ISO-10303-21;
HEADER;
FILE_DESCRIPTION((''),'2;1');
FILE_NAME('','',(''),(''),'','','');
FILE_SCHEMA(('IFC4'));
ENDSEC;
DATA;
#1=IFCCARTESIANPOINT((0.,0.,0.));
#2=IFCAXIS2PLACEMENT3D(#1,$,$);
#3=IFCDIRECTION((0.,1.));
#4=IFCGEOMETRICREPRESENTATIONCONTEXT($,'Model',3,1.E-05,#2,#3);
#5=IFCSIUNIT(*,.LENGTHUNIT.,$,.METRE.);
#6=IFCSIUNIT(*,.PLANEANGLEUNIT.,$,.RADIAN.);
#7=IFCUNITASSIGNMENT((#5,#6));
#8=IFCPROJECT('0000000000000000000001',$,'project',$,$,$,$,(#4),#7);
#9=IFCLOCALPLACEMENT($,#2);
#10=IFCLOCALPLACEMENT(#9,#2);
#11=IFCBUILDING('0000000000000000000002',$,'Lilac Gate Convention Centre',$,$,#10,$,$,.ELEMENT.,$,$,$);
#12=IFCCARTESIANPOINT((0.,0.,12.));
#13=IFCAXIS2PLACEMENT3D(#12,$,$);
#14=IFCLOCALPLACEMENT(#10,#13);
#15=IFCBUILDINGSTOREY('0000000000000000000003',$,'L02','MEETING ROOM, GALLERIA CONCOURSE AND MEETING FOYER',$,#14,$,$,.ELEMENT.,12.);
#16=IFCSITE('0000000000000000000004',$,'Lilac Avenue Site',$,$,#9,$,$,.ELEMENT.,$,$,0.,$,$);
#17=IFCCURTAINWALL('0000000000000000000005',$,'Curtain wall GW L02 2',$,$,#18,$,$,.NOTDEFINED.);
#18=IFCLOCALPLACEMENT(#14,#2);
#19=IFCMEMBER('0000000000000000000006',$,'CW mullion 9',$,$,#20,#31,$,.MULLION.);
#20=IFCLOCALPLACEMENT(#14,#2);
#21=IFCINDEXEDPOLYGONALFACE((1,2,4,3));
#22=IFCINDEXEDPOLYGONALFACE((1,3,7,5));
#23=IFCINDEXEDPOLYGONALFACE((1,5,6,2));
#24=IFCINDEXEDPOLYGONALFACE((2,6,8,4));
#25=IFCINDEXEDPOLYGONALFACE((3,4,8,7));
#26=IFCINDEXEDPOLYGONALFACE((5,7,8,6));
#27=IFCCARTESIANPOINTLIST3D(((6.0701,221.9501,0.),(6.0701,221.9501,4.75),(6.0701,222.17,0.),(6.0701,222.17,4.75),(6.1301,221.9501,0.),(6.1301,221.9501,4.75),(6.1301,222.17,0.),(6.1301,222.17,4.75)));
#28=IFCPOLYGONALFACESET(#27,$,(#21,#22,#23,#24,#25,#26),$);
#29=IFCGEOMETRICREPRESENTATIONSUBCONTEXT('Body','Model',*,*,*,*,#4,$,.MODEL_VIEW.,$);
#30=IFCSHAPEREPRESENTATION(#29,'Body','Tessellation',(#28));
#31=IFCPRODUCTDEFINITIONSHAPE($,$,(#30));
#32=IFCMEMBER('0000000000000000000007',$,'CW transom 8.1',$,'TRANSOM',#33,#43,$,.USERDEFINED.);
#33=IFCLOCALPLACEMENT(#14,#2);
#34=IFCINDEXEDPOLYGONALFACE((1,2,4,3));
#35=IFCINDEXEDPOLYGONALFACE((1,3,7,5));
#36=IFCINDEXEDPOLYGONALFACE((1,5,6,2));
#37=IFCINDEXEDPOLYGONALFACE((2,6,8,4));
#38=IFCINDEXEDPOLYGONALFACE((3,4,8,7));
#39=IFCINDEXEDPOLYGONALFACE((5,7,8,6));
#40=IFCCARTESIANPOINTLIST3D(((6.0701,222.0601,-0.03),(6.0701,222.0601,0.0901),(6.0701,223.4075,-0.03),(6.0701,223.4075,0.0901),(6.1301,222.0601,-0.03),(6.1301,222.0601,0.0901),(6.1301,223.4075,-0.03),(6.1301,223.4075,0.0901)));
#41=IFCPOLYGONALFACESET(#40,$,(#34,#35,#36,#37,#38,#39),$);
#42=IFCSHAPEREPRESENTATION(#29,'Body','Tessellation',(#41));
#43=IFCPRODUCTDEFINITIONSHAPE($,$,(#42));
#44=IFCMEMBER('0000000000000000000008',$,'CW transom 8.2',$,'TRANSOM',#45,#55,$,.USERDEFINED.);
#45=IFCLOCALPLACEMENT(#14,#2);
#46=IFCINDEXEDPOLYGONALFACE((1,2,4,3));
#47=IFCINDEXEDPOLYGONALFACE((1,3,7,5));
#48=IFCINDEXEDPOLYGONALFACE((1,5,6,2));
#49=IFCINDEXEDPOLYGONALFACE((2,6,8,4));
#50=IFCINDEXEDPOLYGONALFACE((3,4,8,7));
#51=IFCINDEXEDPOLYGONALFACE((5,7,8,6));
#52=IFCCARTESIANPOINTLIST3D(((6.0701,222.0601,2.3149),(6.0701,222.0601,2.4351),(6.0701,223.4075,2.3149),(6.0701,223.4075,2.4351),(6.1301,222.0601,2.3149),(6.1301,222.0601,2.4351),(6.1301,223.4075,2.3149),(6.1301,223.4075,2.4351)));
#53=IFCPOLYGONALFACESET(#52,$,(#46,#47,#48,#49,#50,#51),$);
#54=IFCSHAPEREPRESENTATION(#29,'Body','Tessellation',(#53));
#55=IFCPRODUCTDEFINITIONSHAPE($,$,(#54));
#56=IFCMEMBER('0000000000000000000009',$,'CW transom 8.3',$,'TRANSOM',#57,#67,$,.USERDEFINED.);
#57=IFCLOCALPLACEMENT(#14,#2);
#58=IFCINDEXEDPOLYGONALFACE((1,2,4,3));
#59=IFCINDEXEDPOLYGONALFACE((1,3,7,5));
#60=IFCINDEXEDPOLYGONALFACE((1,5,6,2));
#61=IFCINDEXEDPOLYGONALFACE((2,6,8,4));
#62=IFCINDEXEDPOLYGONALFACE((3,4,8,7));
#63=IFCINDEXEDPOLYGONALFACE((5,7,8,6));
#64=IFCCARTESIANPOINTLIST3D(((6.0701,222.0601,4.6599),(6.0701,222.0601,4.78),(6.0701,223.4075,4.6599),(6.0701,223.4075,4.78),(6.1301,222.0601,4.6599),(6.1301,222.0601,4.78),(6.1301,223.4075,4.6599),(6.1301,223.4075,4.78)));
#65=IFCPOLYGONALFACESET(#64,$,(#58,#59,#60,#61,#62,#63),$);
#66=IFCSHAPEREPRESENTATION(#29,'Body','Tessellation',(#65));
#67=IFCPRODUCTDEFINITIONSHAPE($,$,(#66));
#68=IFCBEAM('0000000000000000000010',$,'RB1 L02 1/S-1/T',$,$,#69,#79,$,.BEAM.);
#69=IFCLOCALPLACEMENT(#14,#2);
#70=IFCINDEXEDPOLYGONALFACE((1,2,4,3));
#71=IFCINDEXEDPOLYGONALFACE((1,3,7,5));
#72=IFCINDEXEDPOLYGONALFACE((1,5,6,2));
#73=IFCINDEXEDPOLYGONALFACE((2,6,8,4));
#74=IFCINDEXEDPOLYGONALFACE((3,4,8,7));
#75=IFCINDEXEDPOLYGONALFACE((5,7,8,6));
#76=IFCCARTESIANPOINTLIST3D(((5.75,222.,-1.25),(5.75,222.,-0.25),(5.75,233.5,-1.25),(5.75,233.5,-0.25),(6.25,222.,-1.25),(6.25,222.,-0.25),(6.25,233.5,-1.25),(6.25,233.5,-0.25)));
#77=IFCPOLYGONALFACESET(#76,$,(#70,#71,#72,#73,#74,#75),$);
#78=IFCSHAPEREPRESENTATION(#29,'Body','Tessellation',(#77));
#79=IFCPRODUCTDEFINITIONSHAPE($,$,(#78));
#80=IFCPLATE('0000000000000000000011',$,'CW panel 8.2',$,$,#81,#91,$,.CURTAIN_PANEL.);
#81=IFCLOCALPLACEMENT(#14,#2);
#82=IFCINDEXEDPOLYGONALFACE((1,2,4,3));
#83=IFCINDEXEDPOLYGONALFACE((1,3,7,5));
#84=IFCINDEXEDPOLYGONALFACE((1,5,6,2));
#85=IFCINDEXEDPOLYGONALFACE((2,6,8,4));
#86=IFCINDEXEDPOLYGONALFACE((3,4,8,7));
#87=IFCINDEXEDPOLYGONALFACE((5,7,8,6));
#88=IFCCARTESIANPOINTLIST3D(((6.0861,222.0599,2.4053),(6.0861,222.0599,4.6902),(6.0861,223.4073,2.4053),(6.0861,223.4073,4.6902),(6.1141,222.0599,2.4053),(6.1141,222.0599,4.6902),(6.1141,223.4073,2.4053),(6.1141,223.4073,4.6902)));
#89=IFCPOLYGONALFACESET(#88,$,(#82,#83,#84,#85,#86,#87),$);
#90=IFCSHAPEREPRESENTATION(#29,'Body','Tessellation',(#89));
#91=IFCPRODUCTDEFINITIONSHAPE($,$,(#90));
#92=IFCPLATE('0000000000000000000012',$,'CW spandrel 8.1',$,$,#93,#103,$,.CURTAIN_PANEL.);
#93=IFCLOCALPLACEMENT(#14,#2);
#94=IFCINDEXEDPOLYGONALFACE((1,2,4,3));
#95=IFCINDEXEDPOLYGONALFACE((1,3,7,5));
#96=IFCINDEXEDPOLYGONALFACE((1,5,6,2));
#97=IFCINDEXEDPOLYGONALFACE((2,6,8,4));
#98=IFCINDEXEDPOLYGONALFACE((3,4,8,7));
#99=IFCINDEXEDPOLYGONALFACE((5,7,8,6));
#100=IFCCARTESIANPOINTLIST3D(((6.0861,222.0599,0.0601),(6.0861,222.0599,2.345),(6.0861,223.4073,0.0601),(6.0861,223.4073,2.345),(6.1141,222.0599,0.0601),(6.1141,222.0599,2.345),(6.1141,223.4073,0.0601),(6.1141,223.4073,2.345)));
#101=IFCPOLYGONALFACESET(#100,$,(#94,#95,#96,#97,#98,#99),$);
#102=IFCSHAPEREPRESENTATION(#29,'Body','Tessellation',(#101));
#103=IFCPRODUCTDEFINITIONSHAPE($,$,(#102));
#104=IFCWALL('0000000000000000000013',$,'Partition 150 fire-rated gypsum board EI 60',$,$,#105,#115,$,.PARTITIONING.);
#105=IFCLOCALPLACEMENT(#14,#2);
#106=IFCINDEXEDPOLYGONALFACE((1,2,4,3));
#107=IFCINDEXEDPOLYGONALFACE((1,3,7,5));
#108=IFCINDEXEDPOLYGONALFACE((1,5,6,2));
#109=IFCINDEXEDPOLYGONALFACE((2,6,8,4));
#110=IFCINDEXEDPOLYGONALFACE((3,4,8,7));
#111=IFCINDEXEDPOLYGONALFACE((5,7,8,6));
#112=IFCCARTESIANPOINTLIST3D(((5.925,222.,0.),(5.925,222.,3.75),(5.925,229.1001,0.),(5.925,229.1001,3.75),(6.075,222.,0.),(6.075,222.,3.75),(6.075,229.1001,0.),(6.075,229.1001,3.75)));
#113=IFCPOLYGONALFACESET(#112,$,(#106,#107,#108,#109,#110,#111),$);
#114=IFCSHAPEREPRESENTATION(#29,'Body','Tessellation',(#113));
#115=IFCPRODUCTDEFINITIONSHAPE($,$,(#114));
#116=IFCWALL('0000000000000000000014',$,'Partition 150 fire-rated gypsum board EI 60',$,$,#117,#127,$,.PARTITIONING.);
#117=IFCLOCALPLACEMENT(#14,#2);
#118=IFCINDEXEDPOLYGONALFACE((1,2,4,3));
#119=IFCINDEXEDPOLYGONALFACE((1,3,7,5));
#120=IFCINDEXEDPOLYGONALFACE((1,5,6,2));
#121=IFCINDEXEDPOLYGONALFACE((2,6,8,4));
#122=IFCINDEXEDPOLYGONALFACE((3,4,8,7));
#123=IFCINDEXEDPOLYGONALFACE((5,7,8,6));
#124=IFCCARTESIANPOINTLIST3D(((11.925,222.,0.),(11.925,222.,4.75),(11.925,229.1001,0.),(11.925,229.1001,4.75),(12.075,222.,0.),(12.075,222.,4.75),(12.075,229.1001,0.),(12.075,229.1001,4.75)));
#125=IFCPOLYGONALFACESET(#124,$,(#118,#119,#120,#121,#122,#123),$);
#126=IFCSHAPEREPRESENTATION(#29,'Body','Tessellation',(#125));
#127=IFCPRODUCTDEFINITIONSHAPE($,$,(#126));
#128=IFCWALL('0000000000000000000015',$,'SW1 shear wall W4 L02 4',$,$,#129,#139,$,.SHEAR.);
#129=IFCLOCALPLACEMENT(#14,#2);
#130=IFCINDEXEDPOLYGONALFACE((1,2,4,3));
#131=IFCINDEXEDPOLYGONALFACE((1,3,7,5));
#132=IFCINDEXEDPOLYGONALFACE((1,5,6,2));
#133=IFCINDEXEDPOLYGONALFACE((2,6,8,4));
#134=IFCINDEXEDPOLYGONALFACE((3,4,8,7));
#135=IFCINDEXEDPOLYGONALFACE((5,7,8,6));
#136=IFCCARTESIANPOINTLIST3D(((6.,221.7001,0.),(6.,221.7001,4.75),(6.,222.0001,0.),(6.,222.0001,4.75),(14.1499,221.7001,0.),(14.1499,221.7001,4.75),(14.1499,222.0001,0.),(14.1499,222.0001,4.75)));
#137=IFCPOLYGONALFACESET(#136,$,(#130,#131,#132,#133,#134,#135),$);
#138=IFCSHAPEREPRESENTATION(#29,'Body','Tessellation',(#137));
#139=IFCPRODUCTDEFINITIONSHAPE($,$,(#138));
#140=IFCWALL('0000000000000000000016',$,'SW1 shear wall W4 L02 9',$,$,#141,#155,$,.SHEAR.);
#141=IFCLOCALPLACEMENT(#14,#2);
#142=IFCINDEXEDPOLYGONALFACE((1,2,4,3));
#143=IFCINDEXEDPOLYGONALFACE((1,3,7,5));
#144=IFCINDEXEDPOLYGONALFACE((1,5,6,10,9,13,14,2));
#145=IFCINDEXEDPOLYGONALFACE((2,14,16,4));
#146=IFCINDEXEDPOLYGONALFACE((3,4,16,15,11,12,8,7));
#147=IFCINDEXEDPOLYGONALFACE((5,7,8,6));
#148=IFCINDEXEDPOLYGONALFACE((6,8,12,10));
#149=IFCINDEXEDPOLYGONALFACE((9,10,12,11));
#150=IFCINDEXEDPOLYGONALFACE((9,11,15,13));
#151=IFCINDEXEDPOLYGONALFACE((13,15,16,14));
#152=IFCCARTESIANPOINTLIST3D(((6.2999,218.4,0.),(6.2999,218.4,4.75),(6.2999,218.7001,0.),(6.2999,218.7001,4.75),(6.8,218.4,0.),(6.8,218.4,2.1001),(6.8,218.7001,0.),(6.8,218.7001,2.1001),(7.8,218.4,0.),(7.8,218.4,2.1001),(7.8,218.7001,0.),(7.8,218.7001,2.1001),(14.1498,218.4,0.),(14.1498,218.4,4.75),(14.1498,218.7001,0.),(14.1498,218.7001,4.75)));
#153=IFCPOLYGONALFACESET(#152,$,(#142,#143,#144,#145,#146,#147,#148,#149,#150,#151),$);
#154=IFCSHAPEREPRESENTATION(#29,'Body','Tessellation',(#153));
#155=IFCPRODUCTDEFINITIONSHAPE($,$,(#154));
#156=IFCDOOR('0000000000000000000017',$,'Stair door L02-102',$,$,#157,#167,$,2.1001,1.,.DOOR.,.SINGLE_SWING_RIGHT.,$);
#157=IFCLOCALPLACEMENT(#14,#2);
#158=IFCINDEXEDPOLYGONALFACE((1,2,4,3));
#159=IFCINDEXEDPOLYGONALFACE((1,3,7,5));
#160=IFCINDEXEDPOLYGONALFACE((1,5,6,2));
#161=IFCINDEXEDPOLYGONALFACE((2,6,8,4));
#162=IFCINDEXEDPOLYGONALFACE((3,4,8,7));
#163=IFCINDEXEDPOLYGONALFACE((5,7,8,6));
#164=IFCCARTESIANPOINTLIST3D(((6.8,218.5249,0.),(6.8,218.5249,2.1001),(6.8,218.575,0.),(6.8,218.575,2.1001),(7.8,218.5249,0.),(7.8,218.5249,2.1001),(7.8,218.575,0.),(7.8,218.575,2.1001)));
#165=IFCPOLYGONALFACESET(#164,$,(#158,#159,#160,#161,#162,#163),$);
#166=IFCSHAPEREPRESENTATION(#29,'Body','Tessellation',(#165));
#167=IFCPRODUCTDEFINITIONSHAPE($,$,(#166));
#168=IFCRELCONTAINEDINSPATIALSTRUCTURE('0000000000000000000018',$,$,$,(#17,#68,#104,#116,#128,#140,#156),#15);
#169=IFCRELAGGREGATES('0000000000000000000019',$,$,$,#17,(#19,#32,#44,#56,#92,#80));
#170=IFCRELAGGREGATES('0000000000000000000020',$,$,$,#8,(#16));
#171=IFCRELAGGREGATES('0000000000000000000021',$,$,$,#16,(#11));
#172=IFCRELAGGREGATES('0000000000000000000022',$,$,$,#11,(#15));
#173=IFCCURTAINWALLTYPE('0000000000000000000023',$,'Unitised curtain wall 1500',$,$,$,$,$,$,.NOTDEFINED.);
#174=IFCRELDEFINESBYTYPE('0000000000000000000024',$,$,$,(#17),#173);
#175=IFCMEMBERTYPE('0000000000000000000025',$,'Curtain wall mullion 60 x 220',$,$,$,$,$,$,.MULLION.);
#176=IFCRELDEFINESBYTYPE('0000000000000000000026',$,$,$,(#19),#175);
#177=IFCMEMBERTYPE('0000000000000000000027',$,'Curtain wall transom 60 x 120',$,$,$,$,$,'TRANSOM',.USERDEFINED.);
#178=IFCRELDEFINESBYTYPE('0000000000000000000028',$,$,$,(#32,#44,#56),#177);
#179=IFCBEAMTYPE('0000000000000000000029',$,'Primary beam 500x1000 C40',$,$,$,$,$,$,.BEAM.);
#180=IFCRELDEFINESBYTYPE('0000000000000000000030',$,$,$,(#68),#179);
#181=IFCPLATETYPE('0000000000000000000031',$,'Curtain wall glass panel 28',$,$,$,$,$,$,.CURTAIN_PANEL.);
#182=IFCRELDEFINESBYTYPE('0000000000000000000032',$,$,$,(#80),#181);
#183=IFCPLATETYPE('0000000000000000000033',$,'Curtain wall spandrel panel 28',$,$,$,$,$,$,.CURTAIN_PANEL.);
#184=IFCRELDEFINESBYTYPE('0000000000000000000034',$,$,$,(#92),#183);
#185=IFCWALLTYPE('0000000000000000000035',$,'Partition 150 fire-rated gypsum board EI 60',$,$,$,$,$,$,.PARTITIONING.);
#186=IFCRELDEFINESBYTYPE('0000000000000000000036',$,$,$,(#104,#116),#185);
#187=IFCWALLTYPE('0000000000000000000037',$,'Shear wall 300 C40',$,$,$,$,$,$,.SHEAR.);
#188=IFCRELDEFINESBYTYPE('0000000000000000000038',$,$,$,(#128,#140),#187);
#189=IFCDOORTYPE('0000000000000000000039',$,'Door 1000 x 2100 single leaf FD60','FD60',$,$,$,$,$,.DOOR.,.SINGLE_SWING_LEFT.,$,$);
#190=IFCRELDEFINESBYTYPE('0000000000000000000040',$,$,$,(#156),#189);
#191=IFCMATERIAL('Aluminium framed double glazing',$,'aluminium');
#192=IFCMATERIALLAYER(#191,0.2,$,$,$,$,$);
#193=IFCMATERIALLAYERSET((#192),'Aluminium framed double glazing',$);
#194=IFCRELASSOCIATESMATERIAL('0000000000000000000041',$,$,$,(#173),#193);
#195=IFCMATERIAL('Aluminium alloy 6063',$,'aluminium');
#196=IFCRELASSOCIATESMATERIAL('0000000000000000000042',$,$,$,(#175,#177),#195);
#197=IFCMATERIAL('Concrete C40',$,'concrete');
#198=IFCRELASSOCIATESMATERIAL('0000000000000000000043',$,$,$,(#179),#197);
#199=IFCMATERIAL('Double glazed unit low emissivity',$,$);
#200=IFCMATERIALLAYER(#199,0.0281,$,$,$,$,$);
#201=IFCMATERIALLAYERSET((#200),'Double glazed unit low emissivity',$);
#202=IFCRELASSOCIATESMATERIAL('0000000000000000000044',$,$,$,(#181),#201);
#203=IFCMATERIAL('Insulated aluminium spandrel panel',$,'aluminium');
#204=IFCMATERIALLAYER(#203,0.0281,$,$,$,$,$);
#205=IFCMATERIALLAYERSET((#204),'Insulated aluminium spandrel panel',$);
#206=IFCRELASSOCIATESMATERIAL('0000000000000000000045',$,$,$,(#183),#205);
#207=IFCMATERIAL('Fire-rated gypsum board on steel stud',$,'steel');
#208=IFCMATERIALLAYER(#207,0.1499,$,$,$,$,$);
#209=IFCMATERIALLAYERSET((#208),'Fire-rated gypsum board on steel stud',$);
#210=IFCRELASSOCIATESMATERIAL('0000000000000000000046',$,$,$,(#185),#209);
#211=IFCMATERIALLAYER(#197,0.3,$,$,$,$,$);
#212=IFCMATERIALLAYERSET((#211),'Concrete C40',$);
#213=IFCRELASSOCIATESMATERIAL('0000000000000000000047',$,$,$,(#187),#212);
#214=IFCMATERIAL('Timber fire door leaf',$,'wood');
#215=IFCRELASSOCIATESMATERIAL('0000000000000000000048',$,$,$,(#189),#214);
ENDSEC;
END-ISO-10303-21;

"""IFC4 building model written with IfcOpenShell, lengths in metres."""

from ifc_helpers import new_model, si_unit, direction, frame, frame_2d, origin, origin_2d, place, context, subcontext, project, spatial, rectangle, extrude, material, layer, layer_set, material_profile, profile_set, type_object, element, fill, aggregate, save


model = new_model("IFC4")

# Units and contexts
model_context = context("Model", 3, precision=1e-05, world=origin(), true_north=direction((0.0, 1.0)))
body_context = subcontext(model_context, "Body", "Model", "MODEL_VIEW")
ifc_project = project(units=[si_unit("LENGTHUNIT", "METRE"), si_unit("PLANEANGLEUNIT", "RADIAN")], contexts=[model_context])

# Site, building, storey
site_placement = place(None, origin())
site = spatial("IfcSite", under=ifc_project, at=site_placement, Name="Lilac Avenue Site", CompositionType="ELEMENT", RefElevation=0.0)
building_placement = place(site_placement, origin())
building = spatial("IfcBuilding", under=site, at=building_placement, Name="Lilac Gate Convention Centre", CompositionType="ELEMENT")
storey_placement = place(building_placement, frame((0.0, 0.0, 12.0)))
storey = spatial("IfcBuildingStorey", under=building, at=storey_placement, Name="L02", Description="MEETING ROOM, GALLERIA CONCOURSE AND MEETING FOYER", CompositionType="ELEMENT", Elevation=12.0)

# Curtain wall, members
ifc_material_1 = material(Name="Aluminium framed double glazing", Category="aluminium")
ifc_layer_1 = layer(ifc_material_1, 0.2)
ifc_layer_set_1 = layer_set([ifc_layer_1], Name="Aluminium framed double glazing")
curtain_wall_type = type_object("IfcCurtainWallType", Name="Unitised curtain wall 1500", PredefinedType="NOTDEFINED", material=ifc_layer_set_1)
curtain_wall_placement = place(storey_placement, origin())
curtain_wall = element("IfcCurtainWall", 1, at=curtain_wall_placement, inside=storey, type_object=curtain_wall_type, Name="Curtain wall GW L02 2", PredefinedType="NOTDEFINED")
ifc_material_2 = material(Name="Aluminium alloy 6063", Category="aluminium")
ifc_material_profile_1 = material_profile(ifc_material_2, rectangle(XDim=0.0601, YDim=0.22, at=origin_2d()), Name="Curtain wall mullion 60 x 220")
ifc_profile_set_1 = profile_set([ifc_material_profile_1], Name="Aluminium alloy 6063")
member_type_1 = type_object("IfcMemberType", Name="Curtain wall mullion 60 x 220", PredefinedType="MULLION", material=ifc_profile_set_1)
member_1_placement = place(storey_placement, frame((6.1001, 222.0601, 0.0), z_axis=(0.0, 0.0, 1.0), x_axis=(1.0, 0.0, 0.0)))
member_1 = element("IfcMember", 2, at=member_1_placement, type_object=member_type_1, Name="CW mullion 9", PredefinedType="MULLION", context=body_context, shape_type="SweptSolid", body=[
    extrude(rectangle(XDim=0.0601, YDim=0.22, at=origin_2d()), origin(), (0.0, 0.0, 1.0), 4.75),
])
ifc_material_profile_2 = material_profile(ifc_material_2, rectangle(XDim=0.0601, YDim=0.1201, at=origin_2d()), Name="Curtain wall transom 60 x 120")
ifc_profile_set_2 = profile_set([ifc_material_profile_2], Name="Aluminium alloy 6063")
member_type_2 = type_object("IfcMemberType", Name="Curtain wall transom 60 x 120", ElementType="TRANSOM", PredefinedType="USERDEFINED", material=ifc_profile_set_2)
member_2_placement = place(storey_placement, frame((6.1001, 223.4075, 0.03), z_axis=(0.0, -1.0, 0.0), x_axis=(1.0, 0.0, 0.0)))
member_2 = element("IfcMember", 3, at=member_2_placement, type_object=member_type_2, Name="CW transom 8.1", ObjectType="TRANSOM", PredefinedType="USERDEFINED", context=body_context, shape_type="SweptSolid", body=[
    extrude(rectangle(XDim=0.0601, YDim=0.1201, at=origin_2d()), origin(), (0.0, 0.0, 1.0), 1.3474),
])
member_3_placement = place(storey_placement, frame((6.1001, 223.4075, 2.375), z_axis=(0.0, -1.0, 0.0), x_axis=(1.0, 0.0, 0.0)))
member_3 = element("IfcMember", 4, at=member_3_placement, type_object=member_type_2, Name="CW transom 8.2", ObjectType="TRANSOM", PredefinedType="USERDEFINED", context=body_context, shape_type="SweptSolid", body=[
    extrude(rectangle(XDim=0.0601, YDim=0.1201, at=origin_2d()), origin(), (0.0, 0.0, 1.0), 1.3474),
])
member_4_placement = place(storey_placement, frame((6.1001, 223.4075, 4.72), z_axis=(0.0, -1.0, 0.0), x_axis=(1.0, 0.0, 0.0)))
member_4 = element("IfcMember", 5, at=member_4_placement, type_object=member_type_2, Name="CW transom 8.3", ObjectType="TRANSOM", PredefinedType="USERDEFINED", context=body_context, shape_type="SweptSolid", body=[
    extrude(rectangle(XDim=0.0601, YDim=0.1201, at=origin_2d()), origin(), (0.0, 0.0, 1.0), 1.3474),
])

# Beam
ifc_material_3 = material(Name="Concrete C40", Category="concrete")
ifc_material_profile_3 = material_profile(ifc_material_3, rectangle(XDim=0.5, YDim=1.0, at=origin_2d()), Name="RC 500x1000")
ifc_profile_set_3 = profile_set([ifc_material_profile_3], Name="Concrete C40")
beam_type = type_object("IfcBeamType", Name="Primary beam 500x1000 C40", PredefinedType="BEAM", material=ifc_profile_set_3)
beam_placement = place(storey_placement, frame((6.0, 222.0, -0.75), z_axis=(0.0, 1.0, 0.0), x_axis=(-1.0, 0.0, 0.0)))
element("IfcBeam", 6, at=beam_placement, inside=storey, type_object=beam_type, Name="RB1 L02 1/S-1/T", PredefinedType="BEAM", context=body_context, shape_type="SweptSolid", body=[
    extrude(rectangle(XDim=0.5, YDim=1.0, at=origin_2d()), origin(), (0.0, 0.0, 1.0), 11.5),
])

# Plates
ifc_material_4 = material(Name="Double glazed unit low emissivity")
ifc_layer_2 = layer(ifc_material_4, 0.0281)
ifc_layer_set_2 = layer_set([ifc_layer_2], Name="Double glazed unit low emissivity")
plate_type_1 = type_object("IfcPlateType", Name="Curtain wall glass panel 28", PredefinedType="CURTAIN_PANEL", material=ifc_layer_set_2)
plate_1_placement = place(storey_placement, frame((6.1001, 222.7336, 2.4053), z_axis=(0.0, 0.0, 1.0), x_axis=(0.0, -1.0, 0.0)))
plate_1 = element("IfcPlate", 7, at=plate_1_placement, type_object=plate_type_1, Name="CW panel 8.2", PredefinedType="CURTAIN_PANEL", context=body_context, shape_type="SweptSolid", body=[
    extrude(rectangle(XDim=1.3474, YDim=0.0281, at=origin_2d()), origin(), (0.0, 0.0, 1.0), 2.2849),
])
ifc_material_5 = material(Name="Insulated aluminium spandrel panel", Category="aluminium")
ifc_layer_3 = layer(ifc_material_5, 0.0281)
ifc_layer_set_3 = layer_set([ifc_layer_3], Name="Insulated aluminium spandrel panel")
plate_type_2 = type_object("IfcPlateType", Name="Curtain wall spandrel panel 28", PredefinedType="CURTAIN_PANEL", material=ifc_layer_set_3)
plate_2_placement = place(storey_placement, frame((6.1001, 222.7336, 0.0601), z_axis=(0.0, 0.0, 1.0), x_axis=(0.0, -1.0, 0.0)))
plate_2 = element("IfcPlate", 8, at=plate_2_placement, type_object=plate_type_2, Name="CW spandrel 8.1", PredefinedType="CURTAIN_PANEL", context=body_context, shape_type="SweptSolid", body=[
    extrude(rectangle(XDim=1.3474, YDim=0.0281, at=origin_2d()), origin(), (0.0, 0.0, 1.0), 2.2849),
])
aggregate(curtain_wall, [member_1, member_2, member_3, member_4, plate_2, plate_1])

# Walls
ifc_material_6 = material(Name="Fire-rated gypsum board on steel stud", Category="steel")
ifc_layer_4 = layer(ifc_material_6, 0.1499)
ifc_layer_set_4 = layer_set([ifc_layer_4], Name="Fire-rated gypsum board on steel stud")
wall_type_1 = type_object("IfcWallType", Name="Partition 150 fire-rated gypsum board EI 60", PredefinedType="PARTITIONING", material=ifc_layer_set_4)
wall_1_placement = place(storey_placement, frame((6.0, 222.0, 0.0), z_axis=(0.0, 0.0, 1.0), x_axis=(0.0, 1.0, 0.0)))
element("IfcWall", 9, at=wall_1_placement, inside=storey, type_object=wall_type_1, Name="Partition 150 fire-rated gypsum board EI 60", PredefinedType="PARTITIONING", context=body_context, shape_type="SweptSolid", body=[
    extrude(rectangle(XDim=7.1001, YDim=0.1499, at=frame_2d((3.55, 0.0))), origin(), (0.0, 0.0, 1.0), 3.75),
])
wall_2_placement = place(storey_placement, frame((12.0, 222.0, 0.0), z_axis=(0.0, 0.0, 1.0), x_axis=(0.0, 1.0, 0.0)))
element("IfcWall", 10, at=wall_2_placement, inside=storey, type_object=wall_type_1, Name="Partition 150 fire-rated gypsum board EI 60", PredefinedType="PARTITIONING", context=body_context, shape_type="SweptSolid", body=[
    extrude(rectangle(XDim=7.1001, YDim=0.1499, at=frame_2d((3.55, 0.0))), origin(), (0.0, 0.0, 1.0), 4.75),
])
ifc_layer_5 = layer(ifc_material_3, 0.3)
ifc_layer_set_5 = layer_set([ifc_layer_5], Name="Concrete C40")
wall_type_2 = type_object("IfcWallType", Name="Shear wall 300 C40", PredefinedType="SHEAR", material=ifc_layer_set_5)
wall_3_placement = place(storey_placement, frame((6.0, 221.8501, 0.0), z_axis=(0.0, 0.0, 1.0), x_axis=(1.0, 0.0, 0.0)))
element("IfcWall", 11, at=wall_3_placement, inside=storey, type_object=wall_type_2, Name="SW1 shear wall W4 L02 4", PredefinedType="SHEAR", context=body_context, shape_type="SweptSolid", body=[
    extrude(rectangle(XDim=8.1499, YDim=0.3, at=frame_2d((4.075, 0.0))), origin(), (0.0, 0.0, 1.0), 4.75),
])

# Wall, opening, door
wall_4_placement = place(storey_placement, frame((6.3, 218.55, 0.0), z_axis=(0.0, 0.0, 1.0), x_axis=(1.0, 0.0, 0.0)))
wall_4 = element("IfcWall", 12, at=wall_4_placement, inside=storey, type_object=wall_type_2, Name="SW1 shear wall W4 L02 9", PredefinedType="SHEAR", context=body_context, shape_type="SweptSolid", body=[
    extrude(rectangle(XDim=7.8499, YDim=0.3, at=frame_2d((3.9248, 0.0))), origin(), (0.0, 0.0, 1.0), 4.75),
])
opening_placement = place(wall_4_placement, frame((0.5, 0.0, 0.0)))
opening = element("IfcOpeningElement", 13, at=opening_placement, cuts=wall_4, PredefinedType="OPENING", context=body_context, shape_type="SweptSolid", body=[
    extrude(rectangle(XDim=1.0, YDim=2.1001, at=frame_2d((0.5, 1.05))), frame((0.0, 0.1599, 0.0), z_axis=(0.0, -1.0, 0.0), x_axis=(1.0, 0.0, 0.0)), (0.0, 0.0, 1.0), 0.3201),
])
ifc_material_7 = material(Name="Timber fire door leaf", Category="wood")
door_type = type_object("IfcDoorType", Name="Door 1000 x 2100 single leaf FD60", Description="FD60", OperationType="SINGLE_SWING_LEFT", PredefinedType="DOOR", material=ifc_material_7)
door_placement = place(opening_placement, origin())
door = element("IfcDoor", 14, at=door_placement, inside=storey, type_object=door_type, Name="Stair door L02-102", OperationType="SINGLE_SWING_RIGHT", OverallHeight=2.1001, OverallWidth=1.0, PredefinedType="DOOR", context=body_context, shape_type="SweptSolid", body=[
    extrude(rectangle(XDim=1.0, YDim=2.1001, at=frame_2d((0.5, 1.05))), frame((0.0, 0.0249, 0.0), z_axis=(0.0, -1.0, 0.0), x_axis=(1.0, 0.0, 0.0)), (0.0, 0.0, 1.0), 0.05),
])
fill(opening, door)

save(model, "model.ifc")
